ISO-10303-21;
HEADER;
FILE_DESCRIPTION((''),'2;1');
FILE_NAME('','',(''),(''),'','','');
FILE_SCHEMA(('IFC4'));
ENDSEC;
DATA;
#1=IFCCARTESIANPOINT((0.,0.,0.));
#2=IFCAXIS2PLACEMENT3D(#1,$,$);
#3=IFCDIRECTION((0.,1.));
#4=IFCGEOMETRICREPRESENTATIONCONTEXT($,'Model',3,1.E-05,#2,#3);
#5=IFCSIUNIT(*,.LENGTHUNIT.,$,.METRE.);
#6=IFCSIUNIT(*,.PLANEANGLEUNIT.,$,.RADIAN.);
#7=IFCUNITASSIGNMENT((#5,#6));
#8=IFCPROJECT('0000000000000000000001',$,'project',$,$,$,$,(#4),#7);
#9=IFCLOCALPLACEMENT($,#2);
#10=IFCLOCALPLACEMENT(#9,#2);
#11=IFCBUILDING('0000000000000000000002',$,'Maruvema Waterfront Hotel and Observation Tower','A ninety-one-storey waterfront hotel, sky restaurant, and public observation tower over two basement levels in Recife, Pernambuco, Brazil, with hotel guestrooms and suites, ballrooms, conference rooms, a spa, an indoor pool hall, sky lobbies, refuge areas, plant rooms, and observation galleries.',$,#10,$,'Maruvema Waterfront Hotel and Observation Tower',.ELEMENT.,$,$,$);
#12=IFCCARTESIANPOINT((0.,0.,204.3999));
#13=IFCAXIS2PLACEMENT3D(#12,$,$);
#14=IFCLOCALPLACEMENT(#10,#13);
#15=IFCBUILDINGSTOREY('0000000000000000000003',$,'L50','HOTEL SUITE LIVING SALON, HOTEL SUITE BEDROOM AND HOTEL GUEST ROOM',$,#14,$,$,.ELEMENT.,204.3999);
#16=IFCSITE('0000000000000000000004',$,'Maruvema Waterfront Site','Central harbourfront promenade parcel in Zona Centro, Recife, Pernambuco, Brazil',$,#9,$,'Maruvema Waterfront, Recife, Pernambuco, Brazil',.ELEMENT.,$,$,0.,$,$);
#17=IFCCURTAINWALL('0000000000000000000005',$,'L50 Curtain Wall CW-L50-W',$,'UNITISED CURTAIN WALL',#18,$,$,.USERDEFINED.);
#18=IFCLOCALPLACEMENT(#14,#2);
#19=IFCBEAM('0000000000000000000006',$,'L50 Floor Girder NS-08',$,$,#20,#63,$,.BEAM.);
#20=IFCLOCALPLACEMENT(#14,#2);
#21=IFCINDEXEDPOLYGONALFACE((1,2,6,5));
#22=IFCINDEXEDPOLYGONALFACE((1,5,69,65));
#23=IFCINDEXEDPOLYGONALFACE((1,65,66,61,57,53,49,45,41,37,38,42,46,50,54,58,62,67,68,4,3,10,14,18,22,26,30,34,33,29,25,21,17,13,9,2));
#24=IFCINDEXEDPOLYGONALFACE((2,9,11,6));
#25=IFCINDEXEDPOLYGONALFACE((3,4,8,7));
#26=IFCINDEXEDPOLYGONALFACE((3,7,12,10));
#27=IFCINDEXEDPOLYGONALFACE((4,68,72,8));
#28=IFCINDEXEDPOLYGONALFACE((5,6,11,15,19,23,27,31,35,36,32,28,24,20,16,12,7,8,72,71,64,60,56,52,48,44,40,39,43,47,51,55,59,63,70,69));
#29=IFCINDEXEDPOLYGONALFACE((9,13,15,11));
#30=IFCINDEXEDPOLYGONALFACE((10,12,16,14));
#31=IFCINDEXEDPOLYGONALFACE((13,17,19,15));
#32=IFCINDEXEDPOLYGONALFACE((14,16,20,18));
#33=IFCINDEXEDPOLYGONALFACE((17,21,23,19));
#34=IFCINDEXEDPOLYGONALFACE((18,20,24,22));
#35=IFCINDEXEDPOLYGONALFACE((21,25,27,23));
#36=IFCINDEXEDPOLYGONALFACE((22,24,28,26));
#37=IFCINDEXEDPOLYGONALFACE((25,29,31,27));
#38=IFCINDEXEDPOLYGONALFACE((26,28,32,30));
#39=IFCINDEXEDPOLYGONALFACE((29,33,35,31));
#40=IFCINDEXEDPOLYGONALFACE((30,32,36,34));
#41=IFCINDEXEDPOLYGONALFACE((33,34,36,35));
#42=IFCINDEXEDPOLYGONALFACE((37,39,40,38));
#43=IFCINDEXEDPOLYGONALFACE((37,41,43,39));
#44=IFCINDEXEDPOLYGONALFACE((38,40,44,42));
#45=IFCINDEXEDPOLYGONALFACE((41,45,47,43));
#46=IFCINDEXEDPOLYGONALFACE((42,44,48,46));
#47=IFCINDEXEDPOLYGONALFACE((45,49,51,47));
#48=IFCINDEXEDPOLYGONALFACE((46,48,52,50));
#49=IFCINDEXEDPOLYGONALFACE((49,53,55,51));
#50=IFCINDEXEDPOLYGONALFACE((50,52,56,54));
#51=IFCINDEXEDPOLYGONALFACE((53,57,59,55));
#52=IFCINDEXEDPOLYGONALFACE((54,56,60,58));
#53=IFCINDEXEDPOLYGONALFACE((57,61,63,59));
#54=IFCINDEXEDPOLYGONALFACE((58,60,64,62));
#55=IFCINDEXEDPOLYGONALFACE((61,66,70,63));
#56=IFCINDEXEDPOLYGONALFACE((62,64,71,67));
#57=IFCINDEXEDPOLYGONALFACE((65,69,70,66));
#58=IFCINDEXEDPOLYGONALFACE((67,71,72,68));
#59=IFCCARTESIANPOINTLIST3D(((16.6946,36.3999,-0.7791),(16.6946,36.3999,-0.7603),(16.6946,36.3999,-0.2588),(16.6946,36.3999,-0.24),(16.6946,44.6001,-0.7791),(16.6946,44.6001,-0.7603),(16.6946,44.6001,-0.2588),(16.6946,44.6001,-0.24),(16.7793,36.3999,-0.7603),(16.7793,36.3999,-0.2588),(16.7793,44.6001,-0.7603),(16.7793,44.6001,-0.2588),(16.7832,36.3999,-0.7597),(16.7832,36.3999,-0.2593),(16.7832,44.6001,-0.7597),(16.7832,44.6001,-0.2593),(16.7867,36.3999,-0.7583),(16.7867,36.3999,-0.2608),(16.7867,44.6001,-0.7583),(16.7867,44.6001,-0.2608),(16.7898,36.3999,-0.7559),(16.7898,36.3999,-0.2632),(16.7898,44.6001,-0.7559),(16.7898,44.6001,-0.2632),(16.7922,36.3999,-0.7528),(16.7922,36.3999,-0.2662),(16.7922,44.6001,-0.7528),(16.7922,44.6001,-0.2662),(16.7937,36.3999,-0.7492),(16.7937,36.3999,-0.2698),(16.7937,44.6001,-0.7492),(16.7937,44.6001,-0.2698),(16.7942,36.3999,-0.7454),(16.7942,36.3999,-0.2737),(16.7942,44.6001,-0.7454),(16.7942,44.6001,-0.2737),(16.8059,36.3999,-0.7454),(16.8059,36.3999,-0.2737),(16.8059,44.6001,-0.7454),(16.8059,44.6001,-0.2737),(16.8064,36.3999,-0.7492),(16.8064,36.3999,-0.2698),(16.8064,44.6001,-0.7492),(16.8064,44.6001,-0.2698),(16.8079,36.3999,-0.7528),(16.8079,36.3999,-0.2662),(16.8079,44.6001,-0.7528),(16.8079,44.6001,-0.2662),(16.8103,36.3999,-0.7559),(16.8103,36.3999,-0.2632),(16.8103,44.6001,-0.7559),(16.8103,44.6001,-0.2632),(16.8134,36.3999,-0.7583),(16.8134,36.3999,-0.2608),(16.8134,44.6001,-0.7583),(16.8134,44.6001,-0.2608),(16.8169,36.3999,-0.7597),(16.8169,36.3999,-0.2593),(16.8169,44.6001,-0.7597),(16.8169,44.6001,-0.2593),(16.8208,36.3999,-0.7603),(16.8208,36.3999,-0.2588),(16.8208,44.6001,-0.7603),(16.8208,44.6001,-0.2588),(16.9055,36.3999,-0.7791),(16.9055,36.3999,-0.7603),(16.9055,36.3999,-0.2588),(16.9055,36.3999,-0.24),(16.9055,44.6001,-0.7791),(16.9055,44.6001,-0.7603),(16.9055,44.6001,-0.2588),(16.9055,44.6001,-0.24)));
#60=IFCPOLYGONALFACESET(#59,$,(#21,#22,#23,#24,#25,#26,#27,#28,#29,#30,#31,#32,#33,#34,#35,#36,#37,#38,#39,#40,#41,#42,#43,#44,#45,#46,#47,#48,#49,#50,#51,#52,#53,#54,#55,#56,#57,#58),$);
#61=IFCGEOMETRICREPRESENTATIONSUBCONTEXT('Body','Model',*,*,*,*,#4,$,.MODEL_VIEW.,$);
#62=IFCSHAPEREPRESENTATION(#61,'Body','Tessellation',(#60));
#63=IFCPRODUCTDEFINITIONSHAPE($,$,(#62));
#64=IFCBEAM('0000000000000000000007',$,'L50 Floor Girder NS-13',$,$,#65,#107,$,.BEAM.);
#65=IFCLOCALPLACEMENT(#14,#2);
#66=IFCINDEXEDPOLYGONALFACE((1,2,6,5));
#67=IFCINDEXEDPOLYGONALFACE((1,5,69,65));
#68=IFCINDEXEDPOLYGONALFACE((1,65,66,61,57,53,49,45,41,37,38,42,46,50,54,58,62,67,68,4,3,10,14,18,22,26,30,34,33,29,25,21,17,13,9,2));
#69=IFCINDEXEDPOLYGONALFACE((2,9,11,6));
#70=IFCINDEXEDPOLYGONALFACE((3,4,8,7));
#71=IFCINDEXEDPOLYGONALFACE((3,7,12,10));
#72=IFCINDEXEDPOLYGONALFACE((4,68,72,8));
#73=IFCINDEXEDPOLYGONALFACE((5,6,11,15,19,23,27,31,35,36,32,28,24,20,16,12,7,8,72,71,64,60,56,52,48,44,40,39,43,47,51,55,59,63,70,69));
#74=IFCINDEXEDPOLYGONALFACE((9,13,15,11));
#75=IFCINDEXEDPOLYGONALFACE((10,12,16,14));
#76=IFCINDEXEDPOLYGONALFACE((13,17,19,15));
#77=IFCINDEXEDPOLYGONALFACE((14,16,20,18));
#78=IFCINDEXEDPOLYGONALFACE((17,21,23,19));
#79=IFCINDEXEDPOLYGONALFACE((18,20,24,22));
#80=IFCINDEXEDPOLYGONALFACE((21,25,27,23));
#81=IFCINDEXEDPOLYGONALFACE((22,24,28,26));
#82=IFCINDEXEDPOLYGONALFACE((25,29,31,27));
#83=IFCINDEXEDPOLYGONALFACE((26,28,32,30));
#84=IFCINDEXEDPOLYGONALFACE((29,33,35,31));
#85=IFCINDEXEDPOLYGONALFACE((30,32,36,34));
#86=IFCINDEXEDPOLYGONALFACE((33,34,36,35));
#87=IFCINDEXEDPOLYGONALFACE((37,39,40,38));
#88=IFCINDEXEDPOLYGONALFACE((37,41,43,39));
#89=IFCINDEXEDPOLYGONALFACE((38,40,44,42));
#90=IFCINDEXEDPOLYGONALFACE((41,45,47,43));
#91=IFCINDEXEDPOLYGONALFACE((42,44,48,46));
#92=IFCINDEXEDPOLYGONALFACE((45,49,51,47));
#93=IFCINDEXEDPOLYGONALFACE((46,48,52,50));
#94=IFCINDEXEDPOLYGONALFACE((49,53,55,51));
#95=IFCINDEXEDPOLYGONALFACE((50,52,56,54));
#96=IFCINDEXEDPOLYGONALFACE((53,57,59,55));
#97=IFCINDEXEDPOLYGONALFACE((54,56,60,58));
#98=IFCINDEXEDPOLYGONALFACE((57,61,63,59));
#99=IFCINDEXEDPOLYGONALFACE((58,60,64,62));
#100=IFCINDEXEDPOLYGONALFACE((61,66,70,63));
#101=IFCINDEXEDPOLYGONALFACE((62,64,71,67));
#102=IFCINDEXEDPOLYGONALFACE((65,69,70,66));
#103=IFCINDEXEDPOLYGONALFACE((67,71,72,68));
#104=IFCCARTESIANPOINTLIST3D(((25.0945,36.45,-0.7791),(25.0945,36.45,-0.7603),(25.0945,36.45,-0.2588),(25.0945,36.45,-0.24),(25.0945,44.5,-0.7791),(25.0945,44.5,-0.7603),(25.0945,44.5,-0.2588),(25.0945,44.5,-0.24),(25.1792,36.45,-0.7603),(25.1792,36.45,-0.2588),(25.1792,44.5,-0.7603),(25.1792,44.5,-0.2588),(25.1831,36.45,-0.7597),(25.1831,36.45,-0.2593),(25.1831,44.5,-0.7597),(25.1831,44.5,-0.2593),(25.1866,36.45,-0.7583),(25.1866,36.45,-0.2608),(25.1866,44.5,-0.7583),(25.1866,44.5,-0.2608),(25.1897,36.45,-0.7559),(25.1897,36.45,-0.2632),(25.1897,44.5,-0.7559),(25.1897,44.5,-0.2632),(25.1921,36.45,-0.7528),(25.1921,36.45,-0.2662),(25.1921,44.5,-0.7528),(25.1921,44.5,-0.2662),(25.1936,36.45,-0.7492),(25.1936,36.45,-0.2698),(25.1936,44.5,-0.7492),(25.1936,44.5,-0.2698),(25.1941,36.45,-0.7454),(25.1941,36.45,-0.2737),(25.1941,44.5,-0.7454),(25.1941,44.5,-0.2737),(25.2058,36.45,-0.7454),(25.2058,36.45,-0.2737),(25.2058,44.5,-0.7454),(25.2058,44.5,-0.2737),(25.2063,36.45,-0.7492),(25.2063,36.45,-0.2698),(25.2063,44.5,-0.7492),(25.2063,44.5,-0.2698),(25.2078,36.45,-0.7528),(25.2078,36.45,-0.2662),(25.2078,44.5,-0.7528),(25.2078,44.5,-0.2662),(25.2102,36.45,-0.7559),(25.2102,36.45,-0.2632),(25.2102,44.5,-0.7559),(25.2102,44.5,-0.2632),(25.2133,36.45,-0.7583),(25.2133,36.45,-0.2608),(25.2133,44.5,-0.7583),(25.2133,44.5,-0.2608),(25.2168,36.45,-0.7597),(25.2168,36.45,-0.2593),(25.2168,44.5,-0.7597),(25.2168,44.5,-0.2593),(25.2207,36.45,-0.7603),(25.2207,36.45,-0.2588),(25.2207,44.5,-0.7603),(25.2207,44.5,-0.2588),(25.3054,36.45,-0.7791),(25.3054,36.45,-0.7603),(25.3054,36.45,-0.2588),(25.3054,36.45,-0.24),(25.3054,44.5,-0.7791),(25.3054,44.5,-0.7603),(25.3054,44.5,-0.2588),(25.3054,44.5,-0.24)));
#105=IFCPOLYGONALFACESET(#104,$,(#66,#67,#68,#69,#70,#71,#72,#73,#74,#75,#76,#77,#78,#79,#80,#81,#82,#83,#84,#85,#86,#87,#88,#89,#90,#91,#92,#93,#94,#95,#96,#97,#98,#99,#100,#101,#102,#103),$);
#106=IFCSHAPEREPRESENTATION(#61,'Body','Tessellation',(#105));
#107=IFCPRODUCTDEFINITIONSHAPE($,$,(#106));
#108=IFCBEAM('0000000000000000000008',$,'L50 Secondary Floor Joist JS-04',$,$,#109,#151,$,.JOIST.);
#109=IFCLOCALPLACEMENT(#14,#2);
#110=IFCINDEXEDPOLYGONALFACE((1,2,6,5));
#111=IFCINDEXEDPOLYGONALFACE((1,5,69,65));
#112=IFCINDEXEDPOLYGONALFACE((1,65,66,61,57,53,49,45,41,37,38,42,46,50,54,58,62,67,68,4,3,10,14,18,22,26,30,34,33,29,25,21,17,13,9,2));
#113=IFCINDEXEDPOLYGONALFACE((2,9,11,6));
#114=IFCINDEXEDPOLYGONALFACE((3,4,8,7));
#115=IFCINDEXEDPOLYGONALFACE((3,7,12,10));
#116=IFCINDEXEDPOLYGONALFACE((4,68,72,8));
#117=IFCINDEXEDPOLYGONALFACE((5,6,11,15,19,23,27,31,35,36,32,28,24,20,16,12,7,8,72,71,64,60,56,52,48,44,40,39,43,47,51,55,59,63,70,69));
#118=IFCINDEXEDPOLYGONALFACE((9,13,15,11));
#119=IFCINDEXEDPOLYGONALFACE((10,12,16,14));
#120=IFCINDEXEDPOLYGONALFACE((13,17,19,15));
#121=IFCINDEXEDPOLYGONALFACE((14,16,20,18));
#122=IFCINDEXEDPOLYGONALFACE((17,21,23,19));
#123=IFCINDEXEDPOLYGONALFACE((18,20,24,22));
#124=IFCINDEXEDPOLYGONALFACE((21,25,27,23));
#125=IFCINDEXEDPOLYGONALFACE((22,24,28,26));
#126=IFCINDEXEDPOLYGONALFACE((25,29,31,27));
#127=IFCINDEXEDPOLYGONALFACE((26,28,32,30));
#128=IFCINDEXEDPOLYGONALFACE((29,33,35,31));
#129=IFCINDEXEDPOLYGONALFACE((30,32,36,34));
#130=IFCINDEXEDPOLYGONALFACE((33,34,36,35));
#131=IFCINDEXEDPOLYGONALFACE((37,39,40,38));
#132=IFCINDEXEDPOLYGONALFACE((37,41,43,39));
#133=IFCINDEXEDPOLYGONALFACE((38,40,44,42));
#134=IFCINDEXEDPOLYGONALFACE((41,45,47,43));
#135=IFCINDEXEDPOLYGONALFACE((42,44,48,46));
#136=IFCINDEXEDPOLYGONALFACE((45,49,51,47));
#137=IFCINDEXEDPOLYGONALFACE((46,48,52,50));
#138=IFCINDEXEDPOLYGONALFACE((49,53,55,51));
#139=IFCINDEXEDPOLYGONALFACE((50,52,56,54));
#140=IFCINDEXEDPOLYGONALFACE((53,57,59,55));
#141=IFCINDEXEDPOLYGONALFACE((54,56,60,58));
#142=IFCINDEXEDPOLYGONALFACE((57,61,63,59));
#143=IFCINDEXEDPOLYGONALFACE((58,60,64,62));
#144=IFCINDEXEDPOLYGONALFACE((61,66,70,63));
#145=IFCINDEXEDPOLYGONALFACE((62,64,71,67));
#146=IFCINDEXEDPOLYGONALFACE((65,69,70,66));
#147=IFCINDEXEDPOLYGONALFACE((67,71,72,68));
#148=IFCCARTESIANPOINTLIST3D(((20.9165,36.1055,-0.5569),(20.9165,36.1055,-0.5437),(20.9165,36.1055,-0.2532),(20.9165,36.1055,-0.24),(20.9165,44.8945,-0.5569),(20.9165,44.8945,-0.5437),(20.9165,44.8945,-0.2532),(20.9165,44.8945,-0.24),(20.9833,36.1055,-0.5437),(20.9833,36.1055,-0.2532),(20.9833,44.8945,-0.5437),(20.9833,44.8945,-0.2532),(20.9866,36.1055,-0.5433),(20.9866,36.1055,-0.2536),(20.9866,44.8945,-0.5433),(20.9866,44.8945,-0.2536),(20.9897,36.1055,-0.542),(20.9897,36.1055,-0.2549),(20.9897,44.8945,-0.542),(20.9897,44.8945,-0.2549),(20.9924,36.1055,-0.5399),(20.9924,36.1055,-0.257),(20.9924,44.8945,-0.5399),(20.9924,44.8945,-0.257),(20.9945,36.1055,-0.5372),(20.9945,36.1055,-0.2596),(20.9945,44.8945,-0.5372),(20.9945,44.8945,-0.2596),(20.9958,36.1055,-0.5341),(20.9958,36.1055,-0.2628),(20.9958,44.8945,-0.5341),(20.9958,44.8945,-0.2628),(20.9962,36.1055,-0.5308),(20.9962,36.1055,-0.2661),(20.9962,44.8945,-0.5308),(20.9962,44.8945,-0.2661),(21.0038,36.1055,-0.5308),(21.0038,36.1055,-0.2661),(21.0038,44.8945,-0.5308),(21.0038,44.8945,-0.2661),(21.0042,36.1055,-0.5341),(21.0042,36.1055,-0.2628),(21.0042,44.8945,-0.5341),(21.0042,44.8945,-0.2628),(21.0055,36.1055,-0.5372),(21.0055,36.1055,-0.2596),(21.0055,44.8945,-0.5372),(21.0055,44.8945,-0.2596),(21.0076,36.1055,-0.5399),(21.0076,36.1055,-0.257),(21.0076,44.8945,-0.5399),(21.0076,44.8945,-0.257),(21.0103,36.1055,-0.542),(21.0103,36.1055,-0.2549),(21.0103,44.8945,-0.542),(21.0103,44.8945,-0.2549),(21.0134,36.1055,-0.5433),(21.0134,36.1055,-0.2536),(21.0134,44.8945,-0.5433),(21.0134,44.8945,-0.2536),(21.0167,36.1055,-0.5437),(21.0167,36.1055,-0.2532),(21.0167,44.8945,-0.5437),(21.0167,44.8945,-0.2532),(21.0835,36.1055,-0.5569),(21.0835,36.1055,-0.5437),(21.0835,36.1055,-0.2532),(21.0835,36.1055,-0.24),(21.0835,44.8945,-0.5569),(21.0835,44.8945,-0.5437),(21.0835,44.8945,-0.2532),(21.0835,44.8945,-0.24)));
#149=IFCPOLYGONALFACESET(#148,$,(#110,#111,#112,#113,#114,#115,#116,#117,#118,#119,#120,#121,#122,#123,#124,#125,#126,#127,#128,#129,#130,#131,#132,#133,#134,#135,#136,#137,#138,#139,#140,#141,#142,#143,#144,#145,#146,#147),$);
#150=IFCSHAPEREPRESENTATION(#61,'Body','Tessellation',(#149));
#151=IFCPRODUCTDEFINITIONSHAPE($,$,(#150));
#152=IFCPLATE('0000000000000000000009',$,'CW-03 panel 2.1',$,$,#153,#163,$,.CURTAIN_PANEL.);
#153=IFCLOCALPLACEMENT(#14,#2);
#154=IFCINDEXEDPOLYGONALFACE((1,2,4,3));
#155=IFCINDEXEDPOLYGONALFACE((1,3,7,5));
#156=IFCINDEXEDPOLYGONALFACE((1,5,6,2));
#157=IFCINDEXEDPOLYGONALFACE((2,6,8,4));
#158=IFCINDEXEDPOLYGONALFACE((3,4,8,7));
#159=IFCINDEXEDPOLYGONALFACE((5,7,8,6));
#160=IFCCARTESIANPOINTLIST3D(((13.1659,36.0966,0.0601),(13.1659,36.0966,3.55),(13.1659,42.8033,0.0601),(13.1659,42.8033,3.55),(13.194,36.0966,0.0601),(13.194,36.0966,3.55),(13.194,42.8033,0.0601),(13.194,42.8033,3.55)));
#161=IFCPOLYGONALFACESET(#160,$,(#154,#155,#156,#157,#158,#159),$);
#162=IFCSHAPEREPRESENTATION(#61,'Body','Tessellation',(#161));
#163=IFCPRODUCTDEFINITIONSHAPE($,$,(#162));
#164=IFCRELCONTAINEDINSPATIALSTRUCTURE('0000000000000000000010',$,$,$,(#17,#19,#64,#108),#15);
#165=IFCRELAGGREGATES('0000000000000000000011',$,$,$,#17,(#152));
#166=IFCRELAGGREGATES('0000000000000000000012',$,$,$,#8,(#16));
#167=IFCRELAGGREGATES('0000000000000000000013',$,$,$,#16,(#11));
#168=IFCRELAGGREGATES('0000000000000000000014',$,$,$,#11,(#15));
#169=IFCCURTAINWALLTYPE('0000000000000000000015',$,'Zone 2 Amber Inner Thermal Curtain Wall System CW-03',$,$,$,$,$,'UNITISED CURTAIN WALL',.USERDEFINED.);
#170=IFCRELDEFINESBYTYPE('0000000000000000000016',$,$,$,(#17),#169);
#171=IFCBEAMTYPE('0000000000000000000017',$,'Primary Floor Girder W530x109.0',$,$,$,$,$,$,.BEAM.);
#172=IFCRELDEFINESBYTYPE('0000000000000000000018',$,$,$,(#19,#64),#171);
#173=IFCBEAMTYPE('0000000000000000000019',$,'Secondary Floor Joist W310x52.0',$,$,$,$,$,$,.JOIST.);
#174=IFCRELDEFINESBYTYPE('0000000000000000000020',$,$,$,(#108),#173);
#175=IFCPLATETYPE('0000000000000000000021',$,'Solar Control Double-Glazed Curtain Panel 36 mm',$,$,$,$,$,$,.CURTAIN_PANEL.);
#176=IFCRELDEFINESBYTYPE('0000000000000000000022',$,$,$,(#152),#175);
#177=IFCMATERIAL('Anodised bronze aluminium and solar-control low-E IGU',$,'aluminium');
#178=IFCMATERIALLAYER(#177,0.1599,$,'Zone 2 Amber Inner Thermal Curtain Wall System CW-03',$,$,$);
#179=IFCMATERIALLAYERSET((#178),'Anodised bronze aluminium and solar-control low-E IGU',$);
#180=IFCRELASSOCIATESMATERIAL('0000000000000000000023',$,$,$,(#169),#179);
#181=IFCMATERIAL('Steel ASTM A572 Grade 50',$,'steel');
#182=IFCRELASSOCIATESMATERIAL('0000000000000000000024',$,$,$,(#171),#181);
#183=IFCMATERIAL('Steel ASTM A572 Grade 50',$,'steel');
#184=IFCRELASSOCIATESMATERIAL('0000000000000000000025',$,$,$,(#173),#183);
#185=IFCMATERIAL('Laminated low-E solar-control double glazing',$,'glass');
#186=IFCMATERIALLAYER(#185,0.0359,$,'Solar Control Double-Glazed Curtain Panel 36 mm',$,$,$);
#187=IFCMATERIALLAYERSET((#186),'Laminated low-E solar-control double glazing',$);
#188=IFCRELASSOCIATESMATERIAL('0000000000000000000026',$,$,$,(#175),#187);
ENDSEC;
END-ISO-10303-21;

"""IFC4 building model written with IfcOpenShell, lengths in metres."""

from ifc_helpers import new_model, si_unit, direction, frame, origin, origin_2d, place, context, subcontext, project, spatial, rectangle, i_section, extrude, material, layer, layer_set, material_profile, profile_set, type_object, element, aggregate, save


model = new_model("IFC4")

# Units and contexts
model_context = context("Model", 3, precision=1e-05, world=origin(), true_north=direction((0.0, 1.0)))
body_context = subcontext(model_context, "Body", "Model", "MODEL_VIEW")
ifc_project = project(units=[si_unit("LENGTHUNIT", "METRE"), si_unit("PLANEANGLEUNIT", "RADIAN")], contexts=[model_context])

# Site, building, storey
site_placement = place(None, origin())
site = spatial("IfcSite", under=ifc_project, at=site_placement, Name="Maruvema Waterfront Site", Description="Central harbourfront promenade parcel in Zona Centro, Recife, Pernambuco, Brazil", LongName="Maruvema Waterfront, Recife, Pernambuco, Brazil", CompositionType="ELEMENT", RefElevation=0.0)
building_placement = place(site_placement, origin())
building = spatial("IfcBuilding", under=site, at=building_placement, Name="Maruvema Waterfront Hotel and Observation Tower", Description="A ninety-one-storey waterfront hotel, sky restaurant, and public observation tower over two basement levels in Recife, Pernambuco, Brazil, with hotel guestrooms and suites, ballrooms, conference rooms, a spa, an indoor pool hall, sky lobbies, refuge areas, plant rooms, and observation galleries.", LongName="Maruvema Waterfront Hotel and Observation Tower", CompositionType="ELEMENT")
storey_placement = place(building_placement, frame((0.0, 0.0, 204.3999)))
storey = spatial("IfcBuildingStorey", under=building, at=storey_placement, Name="L50", Description="HOTEL SUITE LIVING SALON, HOTEL SUITE BEDROOM AND HOTEL GUEST ROOM", CompositionType="ELEMENT", Elevation=204.3999)

# Curtain wall
ifc_material_1 = material(Name="Anodised bronze aluminium and solar-control low-E IGU", Category="aluminium")
ifc_layer_1 = layer(ifc_material_1, 0.1599, Name="Zone 2 Amber Inner Thermal Curtain Wall System CW-03")
ifc_layer_set_1 = layer_set([ifc_layer_1], Name="Anodised bronze aluminium and solar-control low-E IGU")
curtain_wall_type = type_object("IfcCurtainWallType", Name="Zone 2 Amber Inner Thermal Curtain Wall System CW-03", ElementType="UNITISED CURTAIN WALL", PredefinedType="USERDEFINED", material=ifc_layer_set_1)
curtain_wall_placement = place(storey_placement, origin())
curtain_wall = element("IfcCurtainWall", 1, at=curtain_wall_placement, inside=storey, type_object=curtain_wall_type, Name="L50 Curtain Wall CW-L50-W", ObjectType="UNITISED CURTAIN WALL", PredefinedType="USERDEFINED")

# Beams
ifc_material_2 = material(Name="Steel ASTM A572 Grade 50", Category="steel")
ifc_material_profile_1 = material_profile(ifc_material_2, i_section(OverallWidth=0.2109, OverallDepth=0.5391, WebThickness=0.0117, FlangeThickness=0.0188, FilletRadius=0.0149, at=origin_2d()), Name="W530x109.0")
ifc_profile_set_1 = profile_set([ifc_material_profile_1], Name="Steel ASTM A572 Grade 50")
beam_type_1 = type_object("IfcBeamType", Name="Primary Floor Girder W530x109.0", PredefinedType="BEAM", material=ifc_profile_set_1)
beam_1_placement = place(storey_placement, frame((16.8, 36.3999, -0.5095), z_axis=(0.0, 1.0, 0.0), x_axis=(-1.0, 0.0, 0.0)))
element("IfcBeam", 2, at=beam_1_placement, inside=storey, type_object=beam_type_1, Name="L50 Floor Girder NS-08", PredefinedType="BEAM", context=body_context, shape_type="SweptSolid", body=[
    extrude(i_section(OverallWidth=0.2109, OverallDepth=0.5391, WebThickness=0.0117, FlangeThickness=0.0188, FilletRadius=0.0149, at=origin_2d()), origin(), (0.0, 0.0, 1.0), 8.2002),
])
beam_2_placement = place(storey_placement, frame((25.2, 36.45, -0.5095), z_axis=(0.0, 1.0, 0.0), x_axis=(-1.0, 0.0, 0.0)))
element("IfcBeam", 3, at=beam_2_placement, inside=storey, type_object=beam_type_1, Name="L50 Floor Girder NS-13", PredefinedType="BEAM", context=body_context, shape_type="SweptSolid", body=[
    extrude(i_section(OverallWidth=0.2109, OverallDepth=0.5391, WebThickness=0.0117, FlangeThickness=0.0188, FilletRadius=0.0149, at=origin_2d()), origin(), (0.0, 0.0, 1.0), 8.05),
])
ifc_material_3 = material(Name="Steel ASTM A572 Grade 50", Category="steel")
ifc_material_profile_2 = material_profile(ifc_material_3, i_section(OverallWidth=0.167, OverallDepth=0.3169, WebThickness=0.0076, FlangeThickness=0.0132, FilletRadius=0.0129, at=origin_2d()), Name="W310x52.0")
ifc_profile_set_2 = profile_set([ifc_material_profile_2], Name="Steel ASTM A572 Grade 50")
beam_type_2 = type_object("IfcBeamType", Name="Secondary Floor Joist W310x52.0", PredefinedType="JOIST", material=ifc_profile_set_2)
beam_3_placement = place(storey_placement, frame((21.0, 36.1055, -0.3984), z_axis=(0.0, 1.0, 0.0), x_axis=(-1.0, 0.0, 0.0)))
element("IfcBeam", 4, at=beam_3_placement, inside=storey, type_object=beam_type_2, Name="L50 Secondary Floor Joist JS-04", PredefinedType="JOIST", context=body_context, shape_type="SweptSolid", body=[
    extrude(i_section(OverallWidth=0.167, OverallDepth=0.3169, WebThickness=0.0076, FlangeThickness=0.0132, FilletRadius=0.0129, at=origin_2d()), origin(), (0.0, 0.0, 1.0), 8.7891),
])

# Plate
ifc_material_4 = material(Name="Laminated low-E solar-control double glazing", Category="glass")
ifc_layer_2 = layer(ifc_material_4, 0.0359, Name="Solar Control Double-Glazed Curtain Panel 36 mm")
ifc_layer_set_2 = layer_set([ifc_layer_2], Name="Laminated low-E solar-control double glazing")
plate_type = type_object("IfcPlateType", Name="Solar Control Double-Glazed Curtain Panel 36 mm", PredefinedType="CURTAIN_PANEL", material=ifc_layer_set_2)
plate_placement = place(storey_placement, frame((13.1799, 39.45, 0.0601), z_axis=(0.0, 0.0, 1.0), x_axis=(0.0, -1.0, 0.0)))
plate = element("IfcPlate", 5, at=plate_placement, type_object=plate_type, Name="CW-03 panel 2.1", PredefinedType="CURTAIN_PANEL", context=body_context, shape_type="SweptSolid", body=[
    extrude(rectangle(XDim=6.7068, YDim=0.0281, at=origin_2d()), origin(), (0.0, 0.0, 1.0), 3.49),
])
aggregate(curtain_wall, [plate])

save(model, "model.ifc")
